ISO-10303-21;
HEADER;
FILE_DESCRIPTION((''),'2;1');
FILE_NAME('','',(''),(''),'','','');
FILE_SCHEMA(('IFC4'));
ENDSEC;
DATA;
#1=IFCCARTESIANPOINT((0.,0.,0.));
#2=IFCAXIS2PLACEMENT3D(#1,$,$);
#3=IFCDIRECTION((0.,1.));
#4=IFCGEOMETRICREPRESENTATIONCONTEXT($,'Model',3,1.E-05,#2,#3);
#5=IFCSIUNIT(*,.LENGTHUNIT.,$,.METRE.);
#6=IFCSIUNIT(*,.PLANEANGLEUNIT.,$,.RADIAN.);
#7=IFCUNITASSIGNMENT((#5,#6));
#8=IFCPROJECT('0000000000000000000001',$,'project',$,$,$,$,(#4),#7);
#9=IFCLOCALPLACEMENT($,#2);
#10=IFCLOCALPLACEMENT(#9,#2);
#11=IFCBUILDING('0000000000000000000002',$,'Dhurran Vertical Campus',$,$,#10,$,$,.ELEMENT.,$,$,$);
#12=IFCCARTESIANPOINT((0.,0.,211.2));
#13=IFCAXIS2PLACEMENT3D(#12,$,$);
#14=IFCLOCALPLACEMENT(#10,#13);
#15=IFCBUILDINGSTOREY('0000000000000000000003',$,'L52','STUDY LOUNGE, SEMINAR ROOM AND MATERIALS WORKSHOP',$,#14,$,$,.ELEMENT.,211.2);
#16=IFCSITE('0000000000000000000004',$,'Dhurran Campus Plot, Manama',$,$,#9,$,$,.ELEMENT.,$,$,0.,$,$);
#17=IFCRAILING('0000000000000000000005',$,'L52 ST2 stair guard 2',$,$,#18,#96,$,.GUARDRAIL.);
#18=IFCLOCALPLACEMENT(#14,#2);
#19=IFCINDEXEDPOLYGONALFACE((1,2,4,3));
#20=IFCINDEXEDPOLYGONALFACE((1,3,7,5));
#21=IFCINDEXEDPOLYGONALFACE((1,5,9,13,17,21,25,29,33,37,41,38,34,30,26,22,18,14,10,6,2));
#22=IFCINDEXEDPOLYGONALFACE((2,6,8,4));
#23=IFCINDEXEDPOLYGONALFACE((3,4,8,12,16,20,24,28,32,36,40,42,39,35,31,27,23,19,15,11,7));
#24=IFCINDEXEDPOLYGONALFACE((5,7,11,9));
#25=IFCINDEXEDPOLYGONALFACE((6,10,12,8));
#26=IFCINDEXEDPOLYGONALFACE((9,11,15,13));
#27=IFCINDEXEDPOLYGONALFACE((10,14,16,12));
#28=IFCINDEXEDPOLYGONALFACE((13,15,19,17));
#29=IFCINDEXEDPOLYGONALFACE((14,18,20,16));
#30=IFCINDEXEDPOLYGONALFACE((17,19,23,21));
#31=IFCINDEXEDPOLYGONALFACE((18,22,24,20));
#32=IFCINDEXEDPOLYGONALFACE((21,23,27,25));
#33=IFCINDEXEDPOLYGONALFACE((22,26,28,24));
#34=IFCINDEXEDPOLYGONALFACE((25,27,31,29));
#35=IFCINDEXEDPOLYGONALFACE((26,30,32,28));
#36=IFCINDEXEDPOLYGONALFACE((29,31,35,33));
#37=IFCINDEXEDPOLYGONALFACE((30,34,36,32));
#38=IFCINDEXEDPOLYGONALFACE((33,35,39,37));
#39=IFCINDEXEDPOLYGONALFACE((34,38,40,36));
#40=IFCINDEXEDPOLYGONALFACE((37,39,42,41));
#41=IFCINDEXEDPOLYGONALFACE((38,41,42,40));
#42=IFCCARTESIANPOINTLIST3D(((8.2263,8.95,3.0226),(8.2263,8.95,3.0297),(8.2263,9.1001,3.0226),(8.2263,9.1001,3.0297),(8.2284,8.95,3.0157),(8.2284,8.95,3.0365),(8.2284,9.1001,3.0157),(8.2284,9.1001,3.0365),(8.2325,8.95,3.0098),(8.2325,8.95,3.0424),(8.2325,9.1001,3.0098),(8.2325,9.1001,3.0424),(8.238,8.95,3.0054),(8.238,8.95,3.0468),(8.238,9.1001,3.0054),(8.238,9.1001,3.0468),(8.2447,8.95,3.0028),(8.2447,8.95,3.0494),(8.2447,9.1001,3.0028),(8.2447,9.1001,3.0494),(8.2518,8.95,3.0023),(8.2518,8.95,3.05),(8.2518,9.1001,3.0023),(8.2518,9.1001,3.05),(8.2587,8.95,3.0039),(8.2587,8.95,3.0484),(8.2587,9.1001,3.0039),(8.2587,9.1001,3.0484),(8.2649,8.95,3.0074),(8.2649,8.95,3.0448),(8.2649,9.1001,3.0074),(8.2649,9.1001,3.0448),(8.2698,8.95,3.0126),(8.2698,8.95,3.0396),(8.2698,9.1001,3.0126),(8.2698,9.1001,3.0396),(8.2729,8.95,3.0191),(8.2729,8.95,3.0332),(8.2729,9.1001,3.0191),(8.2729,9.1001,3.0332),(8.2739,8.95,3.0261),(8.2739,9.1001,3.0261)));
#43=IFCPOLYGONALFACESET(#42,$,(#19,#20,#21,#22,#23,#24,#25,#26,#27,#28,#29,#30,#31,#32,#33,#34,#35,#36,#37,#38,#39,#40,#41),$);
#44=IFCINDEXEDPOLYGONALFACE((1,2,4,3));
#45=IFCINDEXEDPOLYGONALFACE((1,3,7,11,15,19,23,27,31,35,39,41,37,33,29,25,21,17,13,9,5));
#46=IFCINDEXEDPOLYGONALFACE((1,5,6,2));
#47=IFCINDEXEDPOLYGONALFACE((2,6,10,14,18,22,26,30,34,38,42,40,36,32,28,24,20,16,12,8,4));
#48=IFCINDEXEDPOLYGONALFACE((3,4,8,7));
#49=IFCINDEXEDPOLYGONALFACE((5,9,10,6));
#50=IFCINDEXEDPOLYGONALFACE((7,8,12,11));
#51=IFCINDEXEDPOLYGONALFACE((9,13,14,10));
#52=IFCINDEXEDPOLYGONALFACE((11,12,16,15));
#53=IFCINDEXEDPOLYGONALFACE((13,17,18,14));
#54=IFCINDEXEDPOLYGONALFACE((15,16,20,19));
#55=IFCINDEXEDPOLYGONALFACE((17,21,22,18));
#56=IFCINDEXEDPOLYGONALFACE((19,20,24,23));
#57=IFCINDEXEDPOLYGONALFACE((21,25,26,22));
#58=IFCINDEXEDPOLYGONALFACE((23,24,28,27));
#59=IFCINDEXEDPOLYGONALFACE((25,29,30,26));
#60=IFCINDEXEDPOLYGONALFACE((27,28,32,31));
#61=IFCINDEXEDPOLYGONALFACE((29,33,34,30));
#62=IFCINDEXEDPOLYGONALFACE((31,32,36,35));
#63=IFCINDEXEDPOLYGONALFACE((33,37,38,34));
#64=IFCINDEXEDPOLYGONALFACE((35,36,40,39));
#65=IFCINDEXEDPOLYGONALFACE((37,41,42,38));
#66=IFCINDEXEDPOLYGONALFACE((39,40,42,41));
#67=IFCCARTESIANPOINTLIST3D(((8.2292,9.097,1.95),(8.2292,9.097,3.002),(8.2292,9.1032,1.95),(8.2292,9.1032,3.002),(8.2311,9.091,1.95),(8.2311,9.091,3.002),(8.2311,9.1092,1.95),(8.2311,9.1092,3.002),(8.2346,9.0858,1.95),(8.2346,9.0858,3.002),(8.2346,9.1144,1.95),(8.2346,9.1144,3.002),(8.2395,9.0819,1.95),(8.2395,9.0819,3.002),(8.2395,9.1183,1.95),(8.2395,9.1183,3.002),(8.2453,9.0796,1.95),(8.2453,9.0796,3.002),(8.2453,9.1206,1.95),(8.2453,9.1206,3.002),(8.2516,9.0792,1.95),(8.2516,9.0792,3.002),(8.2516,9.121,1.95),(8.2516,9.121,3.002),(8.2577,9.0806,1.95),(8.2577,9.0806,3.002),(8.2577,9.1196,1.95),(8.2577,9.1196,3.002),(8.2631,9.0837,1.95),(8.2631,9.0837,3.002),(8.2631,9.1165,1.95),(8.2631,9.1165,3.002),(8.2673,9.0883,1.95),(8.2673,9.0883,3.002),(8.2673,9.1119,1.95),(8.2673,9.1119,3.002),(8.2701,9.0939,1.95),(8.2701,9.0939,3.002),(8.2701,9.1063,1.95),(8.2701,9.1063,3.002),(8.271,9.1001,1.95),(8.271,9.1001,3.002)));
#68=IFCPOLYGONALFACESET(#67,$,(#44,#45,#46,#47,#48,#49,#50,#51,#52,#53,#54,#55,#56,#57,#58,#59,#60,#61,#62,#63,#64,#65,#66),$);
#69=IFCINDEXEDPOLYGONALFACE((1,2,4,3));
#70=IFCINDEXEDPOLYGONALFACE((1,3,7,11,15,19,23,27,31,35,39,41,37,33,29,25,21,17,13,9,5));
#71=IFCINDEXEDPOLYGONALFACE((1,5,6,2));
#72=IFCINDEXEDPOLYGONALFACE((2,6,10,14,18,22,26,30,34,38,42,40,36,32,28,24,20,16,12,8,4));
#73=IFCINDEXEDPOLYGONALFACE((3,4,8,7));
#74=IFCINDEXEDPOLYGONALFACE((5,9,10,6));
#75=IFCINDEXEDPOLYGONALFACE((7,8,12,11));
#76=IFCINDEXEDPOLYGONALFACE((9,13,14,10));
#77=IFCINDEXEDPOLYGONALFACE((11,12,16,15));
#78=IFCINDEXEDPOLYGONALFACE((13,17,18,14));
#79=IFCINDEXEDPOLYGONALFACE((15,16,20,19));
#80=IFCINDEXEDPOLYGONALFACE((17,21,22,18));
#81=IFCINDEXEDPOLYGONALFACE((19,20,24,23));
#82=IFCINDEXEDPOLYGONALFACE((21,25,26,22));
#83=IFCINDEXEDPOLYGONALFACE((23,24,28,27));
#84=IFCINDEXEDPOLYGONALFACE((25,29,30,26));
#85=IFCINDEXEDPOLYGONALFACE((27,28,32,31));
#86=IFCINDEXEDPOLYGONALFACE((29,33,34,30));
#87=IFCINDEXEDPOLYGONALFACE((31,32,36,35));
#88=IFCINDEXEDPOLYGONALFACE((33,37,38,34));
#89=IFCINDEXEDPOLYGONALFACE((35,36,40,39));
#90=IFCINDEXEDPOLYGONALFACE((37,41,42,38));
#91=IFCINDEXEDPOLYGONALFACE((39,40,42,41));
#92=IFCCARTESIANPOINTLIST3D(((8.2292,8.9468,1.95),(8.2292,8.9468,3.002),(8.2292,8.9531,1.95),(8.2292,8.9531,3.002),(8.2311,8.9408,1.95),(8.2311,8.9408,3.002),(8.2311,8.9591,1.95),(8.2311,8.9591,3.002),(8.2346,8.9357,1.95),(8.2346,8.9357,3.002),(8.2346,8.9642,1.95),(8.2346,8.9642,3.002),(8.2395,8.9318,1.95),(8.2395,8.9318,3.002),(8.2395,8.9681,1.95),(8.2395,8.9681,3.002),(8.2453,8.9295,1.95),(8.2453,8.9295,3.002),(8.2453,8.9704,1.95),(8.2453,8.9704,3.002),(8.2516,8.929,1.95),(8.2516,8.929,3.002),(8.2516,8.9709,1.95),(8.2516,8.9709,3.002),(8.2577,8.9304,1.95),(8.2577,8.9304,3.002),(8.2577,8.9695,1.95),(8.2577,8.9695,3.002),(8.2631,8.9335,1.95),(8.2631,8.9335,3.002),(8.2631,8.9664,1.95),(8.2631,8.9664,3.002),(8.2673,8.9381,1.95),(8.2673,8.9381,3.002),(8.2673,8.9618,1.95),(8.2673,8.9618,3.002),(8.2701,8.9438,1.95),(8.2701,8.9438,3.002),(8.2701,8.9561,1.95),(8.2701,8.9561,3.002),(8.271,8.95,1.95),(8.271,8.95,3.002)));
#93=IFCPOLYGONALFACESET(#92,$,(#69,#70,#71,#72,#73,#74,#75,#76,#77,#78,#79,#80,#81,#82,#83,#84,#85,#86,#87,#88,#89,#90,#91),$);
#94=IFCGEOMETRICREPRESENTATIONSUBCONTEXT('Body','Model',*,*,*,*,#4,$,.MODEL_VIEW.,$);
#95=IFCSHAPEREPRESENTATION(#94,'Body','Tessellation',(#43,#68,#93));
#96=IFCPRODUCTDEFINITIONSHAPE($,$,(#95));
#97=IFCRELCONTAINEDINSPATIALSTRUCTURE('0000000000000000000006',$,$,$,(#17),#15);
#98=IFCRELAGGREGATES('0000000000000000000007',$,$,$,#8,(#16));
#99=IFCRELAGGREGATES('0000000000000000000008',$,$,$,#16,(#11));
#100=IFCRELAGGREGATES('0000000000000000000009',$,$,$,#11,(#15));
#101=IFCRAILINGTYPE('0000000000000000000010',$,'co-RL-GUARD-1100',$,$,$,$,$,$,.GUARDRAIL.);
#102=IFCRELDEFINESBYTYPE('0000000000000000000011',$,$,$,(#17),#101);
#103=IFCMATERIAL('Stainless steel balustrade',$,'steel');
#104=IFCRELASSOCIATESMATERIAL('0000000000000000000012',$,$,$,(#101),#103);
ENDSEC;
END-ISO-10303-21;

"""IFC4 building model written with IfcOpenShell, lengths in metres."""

from ifc_helpers import new_model, si_unit, direction, frame, origin, origin_2d, place, context, subcontext, project, spatial, circle, extrude, material, type_object, element, save


model = new_model("IFC4")

# Units and contexts
model_context = context("Model", 3, precision=1e-05, world=origin(), true_north=direction((0.0, 1.0)))
body_context = subcontext(model_context, "Body", "Model", "MODEL_VIEW")
ifc_project = project(units=[si_unit("LENGTHUNIT", "METRE"), si_unit("PLANEANGLEUNIT", "RADIAN")], contexts=[model_context])

# Site, building, storey
site_placement = place(None, origin())
site = spatial("IfcSite", under=ifc_project, at=site_placement, Name="Dhurran Campus Plot, Manama", CompositionType="ELEMENT", RefElevation=0.0)
building_placement = place(site_placement, origin())
building = spatial("IfcBuilding", under=site, at=building_placement, Name="Dhurran Vertical Campus", CompositionType="ELEMENT")
storey_placement = place(building_placement, frame((0.0, 0.0, 211.2)))
storey = spatial("IfcBuildingStorey", under=building, at=storey_placement, Name="L52", Description="STUDY LOUNGE, SEMINAR ROOM AND MATERIALS WORKSHOP", CompositionType="ELEMENT", Elevation=211.2)

# Railing
ifc_material_1 = material(Name="Stainless steel balustrade", Category="steel")
railing_type_1 = type_object("IfcRailingType", Name="co-RL-GUARD-1100", PredefinedType="GUARDRAIL", material=ifc_material_1)
railing_1_placement = place(storey_placement, frame((8.25, 9.1001, 1.95)))
element("IfcRailing", 1, at=railing_1_placement, inside=storey, type_object=railing_type_1, Name="L52 ST2 stair guard 2", PredefinedType="GUARDRAIL", context=body_context, shape_type="SweptSolid", body=[
    extrude(circle(Radius=0.0239, at=origin_2d()), frame((0.0, 0.0, 1.0762), z_axis=(0.0, -1.0, 0.0), x_axis=(1.0, 0.0, 0.0)), (0.0, 0.0, 1.0), 0.1501),
    extrude(circle(Radius=0.021, at=origin_2d()), origin(), (0.0, 0.0, 1.0), 1.052),
    extrude(circle(Radius=0.021, at=origin_2d()), frame((0.0, -0.1501, 0.0)), (0.0, 0.0, 1.0), 1.052),
])

save(model, "model.ifc")
